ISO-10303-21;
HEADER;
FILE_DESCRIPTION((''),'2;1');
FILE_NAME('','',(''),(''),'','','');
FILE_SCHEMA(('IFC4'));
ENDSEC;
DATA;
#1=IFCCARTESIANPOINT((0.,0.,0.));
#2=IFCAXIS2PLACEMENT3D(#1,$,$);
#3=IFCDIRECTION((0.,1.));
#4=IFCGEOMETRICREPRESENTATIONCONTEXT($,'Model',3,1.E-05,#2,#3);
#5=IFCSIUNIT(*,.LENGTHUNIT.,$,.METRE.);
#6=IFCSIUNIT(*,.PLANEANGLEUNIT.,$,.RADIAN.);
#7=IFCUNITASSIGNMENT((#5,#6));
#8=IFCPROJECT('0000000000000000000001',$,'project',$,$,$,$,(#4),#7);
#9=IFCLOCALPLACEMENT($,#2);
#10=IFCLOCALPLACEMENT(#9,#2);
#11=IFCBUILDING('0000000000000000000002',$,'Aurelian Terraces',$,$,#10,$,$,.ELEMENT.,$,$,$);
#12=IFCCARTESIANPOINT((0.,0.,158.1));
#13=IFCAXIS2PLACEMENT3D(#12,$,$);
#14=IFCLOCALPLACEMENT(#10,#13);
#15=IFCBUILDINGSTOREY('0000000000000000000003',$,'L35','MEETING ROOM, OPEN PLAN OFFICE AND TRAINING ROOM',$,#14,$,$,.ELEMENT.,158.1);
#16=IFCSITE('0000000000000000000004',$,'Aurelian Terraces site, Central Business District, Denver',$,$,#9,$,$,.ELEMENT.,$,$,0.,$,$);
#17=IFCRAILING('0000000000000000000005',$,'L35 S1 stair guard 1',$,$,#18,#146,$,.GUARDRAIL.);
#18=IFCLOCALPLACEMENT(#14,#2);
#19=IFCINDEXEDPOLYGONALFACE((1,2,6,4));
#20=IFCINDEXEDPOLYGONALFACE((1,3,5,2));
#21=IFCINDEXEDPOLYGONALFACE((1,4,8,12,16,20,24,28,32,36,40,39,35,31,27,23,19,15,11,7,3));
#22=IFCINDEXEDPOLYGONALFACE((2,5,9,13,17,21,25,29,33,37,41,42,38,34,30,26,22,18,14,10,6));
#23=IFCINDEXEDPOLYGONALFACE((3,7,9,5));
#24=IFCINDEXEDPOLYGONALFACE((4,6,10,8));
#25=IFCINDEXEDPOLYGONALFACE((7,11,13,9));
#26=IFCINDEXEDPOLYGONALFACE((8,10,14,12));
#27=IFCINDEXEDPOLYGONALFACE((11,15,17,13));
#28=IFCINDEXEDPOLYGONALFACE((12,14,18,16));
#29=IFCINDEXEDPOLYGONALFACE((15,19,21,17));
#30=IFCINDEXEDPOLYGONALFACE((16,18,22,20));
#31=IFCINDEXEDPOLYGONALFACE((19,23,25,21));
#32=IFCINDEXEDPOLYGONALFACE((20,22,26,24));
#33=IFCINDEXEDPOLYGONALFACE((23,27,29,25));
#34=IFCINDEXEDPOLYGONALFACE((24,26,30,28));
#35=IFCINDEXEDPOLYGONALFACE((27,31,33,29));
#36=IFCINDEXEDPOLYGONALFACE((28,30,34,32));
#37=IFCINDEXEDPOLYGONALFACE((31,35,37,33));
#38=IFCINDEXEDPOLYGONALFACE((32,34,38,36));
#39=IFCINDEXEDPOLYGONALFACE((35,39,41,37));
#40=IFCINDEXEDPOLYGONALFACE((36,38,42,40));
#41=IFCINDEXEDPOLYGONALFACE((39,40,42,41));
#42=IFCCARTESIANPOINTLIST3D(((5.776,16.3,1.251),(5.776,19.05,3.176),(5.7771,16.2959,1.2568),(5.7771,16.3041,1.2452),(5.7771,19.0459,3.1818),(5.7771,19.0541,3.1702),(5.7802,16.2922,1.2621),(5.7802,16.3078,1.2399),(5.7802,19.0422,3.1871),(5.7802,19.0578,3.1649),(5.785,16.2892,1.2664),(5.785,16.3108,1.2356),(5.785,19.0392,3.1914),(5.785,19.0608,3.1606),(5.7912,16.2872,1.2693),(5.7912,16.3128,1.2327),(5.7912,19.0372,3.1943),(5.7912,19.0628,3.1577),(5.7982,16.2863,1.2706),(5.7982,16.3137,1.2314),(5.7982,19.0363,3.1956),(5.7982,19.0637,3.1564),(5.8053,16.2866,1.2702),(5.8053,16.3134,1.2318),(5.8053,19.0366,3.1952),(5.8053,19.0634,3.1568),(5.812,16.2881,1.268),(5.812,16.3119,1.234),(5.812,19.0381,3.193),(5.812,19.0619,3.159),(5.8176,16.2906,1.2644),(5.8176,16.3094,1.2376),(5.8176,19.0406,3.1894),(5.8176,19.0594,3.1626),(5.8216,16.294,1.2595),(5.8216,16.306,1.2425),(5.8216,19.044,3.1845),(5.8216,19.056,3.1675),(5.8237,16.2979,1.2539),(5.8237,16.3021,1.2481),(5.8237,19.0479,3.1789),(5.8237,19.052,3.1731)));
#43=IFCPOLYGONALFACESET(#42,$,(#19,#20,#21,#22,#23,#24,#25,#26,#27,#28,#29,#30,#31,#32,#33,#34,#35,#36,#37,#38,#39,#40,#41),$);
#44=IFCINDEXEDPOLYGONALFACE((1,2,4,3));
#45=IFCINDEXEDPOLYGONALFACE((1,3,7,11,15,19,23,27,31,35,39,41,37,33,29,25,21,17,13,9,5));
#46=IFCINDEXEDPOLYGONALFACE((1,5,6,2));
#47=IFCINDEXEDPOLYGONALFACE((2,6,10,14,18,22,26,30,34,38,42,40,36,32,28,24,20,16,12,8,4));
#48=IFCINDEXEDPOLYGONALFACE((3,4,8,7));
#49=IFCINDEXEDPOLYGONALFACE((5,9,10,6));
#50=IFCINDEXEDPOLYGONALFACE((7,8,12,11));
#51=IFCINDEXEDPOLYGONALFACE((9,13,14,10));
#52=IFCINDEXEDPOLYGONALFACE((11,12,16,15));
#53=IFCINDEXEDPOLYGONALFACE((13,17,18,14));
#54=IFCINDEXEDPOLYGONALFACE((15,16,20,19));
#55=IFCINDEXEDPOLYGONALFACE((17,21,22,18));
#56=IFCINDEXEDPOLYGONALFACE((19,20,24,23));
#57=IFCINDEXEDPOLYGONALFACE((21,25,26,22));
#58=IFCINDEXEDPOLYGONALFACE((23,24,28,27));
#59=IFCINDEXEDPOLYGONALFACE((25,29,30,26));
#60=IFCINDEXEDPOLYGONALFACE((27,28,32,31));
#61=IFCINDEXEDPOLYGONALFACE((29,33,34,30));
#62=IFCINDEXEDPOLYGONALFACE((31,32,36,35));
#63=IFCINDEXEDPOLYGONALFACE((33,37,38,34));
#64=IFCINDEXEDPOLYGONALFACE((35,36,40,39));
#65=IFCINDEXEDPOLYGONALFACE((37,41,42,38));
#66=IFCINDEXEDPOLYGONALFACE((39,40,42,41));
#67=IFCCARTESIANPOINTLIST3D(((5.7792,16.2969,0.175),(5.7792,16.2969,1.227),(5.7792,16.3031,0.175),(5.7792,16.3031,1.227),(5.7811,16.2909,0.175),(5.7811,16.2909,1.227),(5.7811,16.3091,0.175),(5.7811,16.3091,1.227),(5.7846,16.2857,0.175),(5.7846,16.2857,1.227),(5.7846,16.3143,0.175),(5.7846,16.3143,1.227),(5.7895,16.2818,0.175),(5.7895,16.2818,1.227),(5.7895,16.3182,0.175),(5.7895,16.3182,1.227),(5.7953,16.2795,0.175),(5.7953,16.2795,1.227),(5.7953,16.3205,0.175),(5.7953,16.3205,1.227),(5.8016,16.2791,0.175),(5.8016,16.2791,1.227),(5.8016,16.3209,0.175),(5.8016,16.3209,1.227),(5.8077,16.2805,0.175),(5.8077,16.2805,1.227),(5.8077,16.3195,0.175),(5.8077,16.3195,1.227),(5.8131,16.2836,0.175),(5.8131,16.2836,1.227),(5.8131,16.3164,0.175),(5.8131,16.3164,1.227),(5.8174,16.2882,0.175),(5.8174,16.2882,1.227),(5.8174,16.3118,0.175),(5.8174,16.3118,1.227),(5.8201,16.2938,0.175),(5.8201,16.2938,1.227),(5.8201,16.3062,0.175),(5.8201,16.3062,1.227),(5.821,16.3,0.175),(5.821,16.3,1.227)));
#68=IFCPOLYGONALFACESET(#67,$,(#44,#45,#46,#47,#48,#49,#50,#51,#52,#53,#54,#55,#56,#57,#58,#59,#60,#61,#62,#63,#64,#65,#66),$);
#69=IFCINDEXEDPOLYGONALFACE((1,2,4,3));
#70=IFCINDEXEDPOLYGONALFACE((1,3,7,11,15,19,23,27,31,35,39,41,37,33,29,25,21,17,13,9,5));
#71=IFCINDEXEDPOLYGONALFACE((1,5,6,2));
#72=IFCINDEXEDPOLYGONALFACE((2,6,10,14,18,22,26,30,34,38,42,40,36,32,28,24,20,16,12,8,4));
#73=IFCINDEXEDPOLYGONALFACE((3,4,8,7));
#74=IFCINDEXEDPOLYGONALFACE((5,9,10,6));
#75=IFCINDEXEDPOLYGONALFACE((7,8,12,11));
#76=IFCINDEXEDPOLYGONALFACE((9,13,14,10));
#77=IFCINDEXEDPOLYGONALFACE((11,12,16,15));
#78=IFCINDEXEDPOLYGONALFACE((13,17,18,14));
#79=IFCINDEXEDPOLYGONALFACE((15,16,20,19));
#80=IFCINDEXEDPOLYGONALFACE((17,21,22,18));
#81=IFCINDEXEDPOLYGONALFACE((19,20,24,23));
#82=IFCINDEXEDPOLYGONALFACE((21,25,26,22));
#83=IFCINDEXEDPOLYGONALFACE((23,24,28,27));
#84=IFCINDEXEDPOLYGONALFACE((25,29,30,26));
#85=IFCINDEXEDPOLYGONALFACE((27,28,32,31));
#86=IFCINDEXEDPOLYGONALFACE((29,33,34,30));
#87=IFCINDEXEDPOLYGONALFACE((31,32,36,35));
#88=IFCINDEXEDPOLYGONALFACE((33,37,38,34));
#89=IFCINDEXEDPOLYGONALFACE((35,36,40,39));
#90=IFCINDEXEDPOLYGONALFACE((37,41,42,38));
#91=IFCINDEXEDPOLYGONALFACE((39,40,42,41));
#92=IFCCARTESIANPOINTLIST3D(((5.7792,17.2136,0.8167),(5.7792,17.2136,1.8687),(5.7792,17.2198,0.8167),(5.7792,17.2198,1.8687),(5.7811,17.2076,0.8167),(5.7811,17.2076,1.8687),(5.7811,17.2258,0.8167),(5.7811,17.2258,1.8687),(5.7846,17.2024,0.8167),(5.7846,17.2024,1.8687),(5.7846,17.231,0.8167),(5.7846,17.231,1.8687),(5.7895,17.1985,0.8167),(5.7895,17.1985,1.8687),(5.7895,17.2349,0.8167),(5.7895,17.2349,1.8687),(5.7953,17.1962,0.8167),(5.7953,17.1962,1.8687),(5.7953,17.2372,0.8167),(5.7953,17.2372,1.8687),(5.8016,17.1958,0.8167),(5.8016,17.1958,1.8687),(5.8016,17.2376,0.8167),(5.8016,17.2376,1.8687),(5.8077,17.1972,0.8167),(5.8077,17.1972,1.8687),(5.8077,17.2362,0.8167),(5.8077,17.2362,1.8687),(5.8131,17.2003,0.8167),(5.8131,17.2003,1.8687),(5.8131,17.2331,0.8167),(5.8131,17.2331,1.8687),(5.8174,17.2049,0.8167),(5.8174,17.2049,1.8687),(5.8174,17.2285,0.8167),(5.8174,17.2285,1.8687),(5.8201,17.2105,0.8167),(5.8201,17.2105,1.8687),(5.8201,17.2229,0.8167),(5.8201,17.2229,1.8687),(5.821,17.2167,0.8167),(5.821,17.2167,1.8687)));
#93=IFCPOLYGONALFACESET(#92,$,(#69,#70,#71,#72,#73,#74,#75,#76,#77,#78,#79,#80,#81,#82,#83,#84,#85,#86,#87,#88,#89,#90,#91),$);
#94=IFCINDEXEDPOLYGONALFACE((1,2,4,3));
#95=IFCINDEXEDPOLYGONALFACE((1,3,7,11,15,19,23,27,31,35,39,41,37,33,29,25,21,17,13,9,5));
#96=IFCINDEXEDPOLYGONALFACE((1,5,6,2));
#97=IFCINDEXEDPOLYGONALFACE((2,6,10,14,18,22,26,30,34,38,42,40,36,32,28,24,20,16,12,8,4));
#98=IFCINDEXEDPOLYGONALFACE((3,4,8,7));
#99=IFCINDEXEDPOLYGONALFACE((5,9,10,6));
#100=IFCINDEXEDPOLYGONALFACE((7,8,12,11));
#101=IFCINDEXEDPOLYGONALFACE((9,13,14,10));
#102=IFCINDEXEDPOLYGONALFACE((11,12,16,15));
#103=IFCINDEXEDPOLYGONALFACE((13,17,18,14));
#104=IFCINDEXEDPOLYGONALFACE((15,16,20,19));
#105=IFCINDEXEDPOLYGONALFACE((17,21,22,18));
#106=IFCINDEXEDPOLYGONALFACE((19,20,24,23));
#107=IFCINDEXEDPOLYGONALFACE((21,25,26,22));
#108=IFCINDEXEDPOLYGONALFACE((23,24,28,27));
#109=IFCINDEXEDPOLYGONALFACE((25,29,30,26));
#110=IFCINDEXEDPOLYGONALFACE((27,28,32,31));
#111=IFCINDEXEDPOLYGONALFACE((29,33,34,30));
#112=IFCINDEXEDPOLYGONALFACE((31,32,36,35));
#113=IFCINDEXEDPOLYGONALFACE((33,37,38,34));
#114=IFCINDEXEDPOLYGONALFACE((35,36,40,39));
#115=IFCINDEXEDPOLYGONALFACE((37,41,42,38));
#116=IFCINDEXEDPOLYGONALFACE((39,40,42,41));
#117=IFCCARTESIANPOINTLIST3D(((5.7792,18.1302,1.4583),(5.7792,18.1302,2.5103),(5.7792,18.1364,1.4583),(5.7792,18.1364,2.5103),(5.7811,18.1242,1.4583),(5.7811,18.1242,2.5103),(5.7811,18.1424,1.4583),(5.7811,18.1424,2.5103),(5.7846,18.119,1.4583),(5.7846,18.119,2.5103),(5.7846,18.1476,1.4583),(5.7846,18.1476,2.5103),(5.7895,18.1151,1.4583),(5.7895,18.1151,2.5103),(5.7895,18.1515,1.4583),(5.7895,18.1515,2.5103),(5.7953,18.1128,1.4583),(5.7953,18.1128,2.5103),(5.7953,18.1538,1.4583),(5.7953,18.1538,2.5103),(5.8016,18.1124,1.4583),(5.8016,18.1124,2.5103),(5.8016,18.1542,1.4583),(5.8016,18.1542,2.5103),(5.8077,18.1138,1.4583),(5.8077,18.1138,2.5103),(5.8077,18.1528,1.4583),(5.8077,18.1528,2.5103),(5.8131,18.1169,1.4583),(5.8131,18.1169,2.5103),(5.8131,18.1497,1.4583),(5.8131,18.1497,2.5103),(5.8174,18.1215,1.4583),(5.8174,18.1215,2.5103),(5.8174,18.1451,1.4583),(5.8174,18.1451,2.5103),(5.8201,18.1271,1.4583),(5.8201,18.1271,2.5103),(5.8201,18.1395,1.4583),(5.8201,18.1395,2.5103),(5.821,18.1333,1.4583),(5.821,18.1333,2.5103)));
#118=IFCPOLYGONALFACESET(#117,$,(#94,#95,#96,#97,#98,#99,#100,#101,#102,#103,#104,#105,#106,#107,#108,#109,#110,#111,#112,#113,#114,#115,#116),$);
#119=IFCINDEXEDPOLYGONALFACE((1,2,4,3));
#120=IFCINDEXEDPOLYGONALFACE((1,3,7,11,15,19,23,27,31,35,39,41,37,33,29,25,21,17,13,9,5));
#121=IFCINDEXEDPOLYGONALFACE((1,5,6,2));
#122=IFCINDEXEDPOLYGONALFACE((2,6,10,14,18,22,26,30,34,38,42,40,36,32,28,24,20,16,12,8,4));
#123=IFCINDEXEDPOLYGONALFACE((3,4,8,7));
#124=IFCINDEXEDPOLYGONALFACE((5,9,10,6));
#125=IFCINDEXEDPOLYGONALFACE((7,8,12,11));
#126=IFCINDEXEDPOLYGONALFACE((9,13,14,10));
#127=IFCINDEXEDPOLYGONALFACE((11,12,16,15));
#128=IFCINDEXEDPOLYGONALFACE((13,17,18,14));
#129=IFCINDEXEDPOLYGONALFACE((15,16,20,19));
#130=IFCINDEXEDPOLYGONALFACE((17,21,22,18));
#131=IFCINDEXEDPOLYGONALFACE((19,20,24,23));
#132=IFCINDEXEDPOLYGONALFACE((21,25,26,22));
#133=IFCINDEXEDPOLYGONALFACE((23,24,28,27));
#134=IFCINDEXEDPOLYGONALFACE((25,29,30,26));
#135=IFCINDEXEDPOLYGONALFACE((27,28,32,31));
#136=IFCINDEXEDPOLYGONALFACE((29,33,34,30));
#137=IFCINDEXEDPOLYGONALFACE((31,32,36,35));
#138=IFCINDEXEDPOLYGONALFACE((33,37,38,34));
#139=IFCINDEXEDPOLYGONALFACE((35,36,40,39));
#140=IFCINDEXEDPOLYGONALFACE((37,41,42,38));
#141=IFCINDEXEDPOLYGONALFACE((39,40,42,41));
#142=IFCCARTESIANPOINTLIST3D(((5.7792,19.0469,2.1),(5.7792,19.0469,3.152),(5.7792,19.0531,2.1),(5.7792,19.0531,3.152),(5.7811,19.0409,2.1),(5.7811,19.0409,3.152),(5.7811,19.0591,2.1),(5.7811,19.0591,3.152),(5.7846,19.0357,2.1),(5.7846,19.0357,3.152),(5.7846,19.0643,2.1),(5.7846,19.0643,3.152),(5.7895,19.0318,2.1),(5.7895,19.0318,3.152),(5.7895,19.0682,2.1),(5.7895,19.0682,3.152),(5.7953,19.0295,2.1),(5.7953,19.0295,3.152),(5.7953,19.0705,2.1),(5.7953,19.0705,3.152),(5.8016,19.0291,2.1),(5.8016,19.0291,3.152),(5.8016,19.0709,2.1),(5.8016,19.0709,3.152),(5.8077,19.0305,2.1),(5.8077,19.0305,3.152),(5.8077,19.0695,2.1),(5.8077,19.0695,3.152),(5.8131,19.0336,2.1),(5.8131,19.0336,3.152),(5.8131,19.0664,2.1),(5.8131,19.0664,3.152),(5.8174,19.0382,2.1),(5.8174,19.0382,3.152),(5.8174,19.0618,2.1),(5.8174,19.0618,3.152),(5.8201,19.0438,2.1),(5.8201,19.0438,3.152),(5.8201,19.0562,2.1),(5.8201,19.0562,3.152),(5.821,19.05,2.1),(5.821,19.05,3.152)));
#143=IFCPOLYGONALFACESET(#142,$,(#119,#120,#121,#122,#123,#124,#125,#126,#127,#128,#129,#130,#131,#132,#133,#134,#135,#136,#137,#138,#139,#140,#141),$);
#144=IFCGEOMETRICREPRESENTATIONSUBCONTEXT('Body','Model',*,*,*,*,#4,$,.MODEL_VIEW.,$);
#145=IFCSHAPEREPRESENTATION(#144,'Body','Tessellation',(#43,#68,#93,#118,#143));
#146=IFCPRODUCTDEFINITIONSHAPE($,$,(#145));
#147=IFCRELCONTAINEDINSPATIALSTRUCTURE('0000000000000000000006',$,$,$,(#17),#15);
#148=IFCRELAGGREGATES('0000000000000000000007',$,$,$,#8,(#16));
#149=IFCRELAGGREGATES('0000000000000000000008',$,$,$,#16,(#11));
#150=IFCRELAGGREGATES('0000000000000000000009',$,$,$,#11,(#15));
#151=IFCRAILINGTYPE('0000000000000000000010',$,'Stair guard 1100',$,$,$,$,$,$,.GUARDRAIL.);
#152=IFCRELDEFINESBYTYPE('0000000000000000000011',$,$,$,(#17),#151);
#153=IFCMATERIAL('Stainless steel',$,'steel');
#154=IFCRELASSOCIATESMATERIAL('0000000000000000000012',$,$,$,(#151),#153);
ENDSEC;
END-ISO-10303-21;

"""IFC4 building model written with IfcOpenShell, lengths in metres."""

from ifc_helpers import new_model, si_unit, direction, frame, origin, origin_2d, place, context, subcontext, project, spatial, circle, extrude, source, transform, mapped, material, type_object, element, save


model = new_model("IFC4")

# Units and contexts
model_context = context("Model", 3, precision=1e-05, world=origin(), true_north=direction((0.0, 1.0)))
body_context = subcontext(model_context, "Body", "Model", "MODEL_VIEW")
ifc_project = project(units=[si_unit("LENGTHUNIT", "METRE"), si_unit("PLANEANGLEUNIT", "RADIAN")], contexts=[model_context])

# Site, building, storey
site_placement = place(None, origin())
site = spatial("IfcSite", under=ifc_project, at=site_placement, Name="Aurelian Terraces site, Central Business District, Denver", CompositionType="ELEMENT", RefElevation=0.0)
building_placement = place(site_placement, origin())
building = spatial("IfcBuilding", under=site, at=building_placement, Name="Aurelian Terraces", CompositionType="ELEMENT")
storey_placement = place(building_placement, frame((0.0, 0.0, 158.1)))
storey = spatial("IfcBuildingStorey", under=building, at=storey_placement, Name="L35", Description="MEETING ROOM, OPEN PLAN OFFICE AND TRAINING ROOM", CompositionType="ELEMENT", Elevation=158.1)

# Railing
ifc_material_1 = material(Name="Stainless steel", Category="steel")
railing_type_1 = type_object("IfcRailingType", Name="Stair guard 1100", PredefinedType="GUARDRAIL", material=ifc_material_1)
shared_shape_1 = source(origin(), body_context, "Body", "SweptSolid", [
    extrude(circle(Radius=0.024, at=origin_2d()), frame((0.0, 0.0, 1.076), z_axis=(0.0, 0.819232, 0.573462), x_axis=(-1.0, 0.0, 0.0)), (0.0, 0.0, 1.0), 3.3568),
    extrude(circle(Radius=0.021, at=origin_2d()), origin(), (0.0, 0.0, 1.0), 1.052),
    extrude(circle(Radius=0.021, at=origin_2d()), frame((0.0, 0.9167, 0.6417)), (0.0, 0.0, 1.0), 1.052),
    extrude(circle(Radius=0.021, at=origin_2d()), frame((0.0, 1.8333, 1.2833)), (0.0, 0.0, 1.0), 1.052),
    extrude(circle(Radius=0.021, at=origin_2d()), frame((0.0, 2.75, 1.925)), (0.0, 0.0, 1.0), 1.052),
])
railing_1_placement = place(storey_placement, frame((5.8, 16.3, 0.175)))
element("IfcRailing", 1, at=railing_1_placement, inside=storey, type_object=railing_type_1, Name="L35 S1 stair guard 1", PredefinedType="GUARDRAIL", context=body_context, shape_type="MappedRepresentation", body=[
    mapped(shared_shape_1, transform((0.0, 0.0, 0.0), scale=1.0)),
])

save(model, "model.ifc")
